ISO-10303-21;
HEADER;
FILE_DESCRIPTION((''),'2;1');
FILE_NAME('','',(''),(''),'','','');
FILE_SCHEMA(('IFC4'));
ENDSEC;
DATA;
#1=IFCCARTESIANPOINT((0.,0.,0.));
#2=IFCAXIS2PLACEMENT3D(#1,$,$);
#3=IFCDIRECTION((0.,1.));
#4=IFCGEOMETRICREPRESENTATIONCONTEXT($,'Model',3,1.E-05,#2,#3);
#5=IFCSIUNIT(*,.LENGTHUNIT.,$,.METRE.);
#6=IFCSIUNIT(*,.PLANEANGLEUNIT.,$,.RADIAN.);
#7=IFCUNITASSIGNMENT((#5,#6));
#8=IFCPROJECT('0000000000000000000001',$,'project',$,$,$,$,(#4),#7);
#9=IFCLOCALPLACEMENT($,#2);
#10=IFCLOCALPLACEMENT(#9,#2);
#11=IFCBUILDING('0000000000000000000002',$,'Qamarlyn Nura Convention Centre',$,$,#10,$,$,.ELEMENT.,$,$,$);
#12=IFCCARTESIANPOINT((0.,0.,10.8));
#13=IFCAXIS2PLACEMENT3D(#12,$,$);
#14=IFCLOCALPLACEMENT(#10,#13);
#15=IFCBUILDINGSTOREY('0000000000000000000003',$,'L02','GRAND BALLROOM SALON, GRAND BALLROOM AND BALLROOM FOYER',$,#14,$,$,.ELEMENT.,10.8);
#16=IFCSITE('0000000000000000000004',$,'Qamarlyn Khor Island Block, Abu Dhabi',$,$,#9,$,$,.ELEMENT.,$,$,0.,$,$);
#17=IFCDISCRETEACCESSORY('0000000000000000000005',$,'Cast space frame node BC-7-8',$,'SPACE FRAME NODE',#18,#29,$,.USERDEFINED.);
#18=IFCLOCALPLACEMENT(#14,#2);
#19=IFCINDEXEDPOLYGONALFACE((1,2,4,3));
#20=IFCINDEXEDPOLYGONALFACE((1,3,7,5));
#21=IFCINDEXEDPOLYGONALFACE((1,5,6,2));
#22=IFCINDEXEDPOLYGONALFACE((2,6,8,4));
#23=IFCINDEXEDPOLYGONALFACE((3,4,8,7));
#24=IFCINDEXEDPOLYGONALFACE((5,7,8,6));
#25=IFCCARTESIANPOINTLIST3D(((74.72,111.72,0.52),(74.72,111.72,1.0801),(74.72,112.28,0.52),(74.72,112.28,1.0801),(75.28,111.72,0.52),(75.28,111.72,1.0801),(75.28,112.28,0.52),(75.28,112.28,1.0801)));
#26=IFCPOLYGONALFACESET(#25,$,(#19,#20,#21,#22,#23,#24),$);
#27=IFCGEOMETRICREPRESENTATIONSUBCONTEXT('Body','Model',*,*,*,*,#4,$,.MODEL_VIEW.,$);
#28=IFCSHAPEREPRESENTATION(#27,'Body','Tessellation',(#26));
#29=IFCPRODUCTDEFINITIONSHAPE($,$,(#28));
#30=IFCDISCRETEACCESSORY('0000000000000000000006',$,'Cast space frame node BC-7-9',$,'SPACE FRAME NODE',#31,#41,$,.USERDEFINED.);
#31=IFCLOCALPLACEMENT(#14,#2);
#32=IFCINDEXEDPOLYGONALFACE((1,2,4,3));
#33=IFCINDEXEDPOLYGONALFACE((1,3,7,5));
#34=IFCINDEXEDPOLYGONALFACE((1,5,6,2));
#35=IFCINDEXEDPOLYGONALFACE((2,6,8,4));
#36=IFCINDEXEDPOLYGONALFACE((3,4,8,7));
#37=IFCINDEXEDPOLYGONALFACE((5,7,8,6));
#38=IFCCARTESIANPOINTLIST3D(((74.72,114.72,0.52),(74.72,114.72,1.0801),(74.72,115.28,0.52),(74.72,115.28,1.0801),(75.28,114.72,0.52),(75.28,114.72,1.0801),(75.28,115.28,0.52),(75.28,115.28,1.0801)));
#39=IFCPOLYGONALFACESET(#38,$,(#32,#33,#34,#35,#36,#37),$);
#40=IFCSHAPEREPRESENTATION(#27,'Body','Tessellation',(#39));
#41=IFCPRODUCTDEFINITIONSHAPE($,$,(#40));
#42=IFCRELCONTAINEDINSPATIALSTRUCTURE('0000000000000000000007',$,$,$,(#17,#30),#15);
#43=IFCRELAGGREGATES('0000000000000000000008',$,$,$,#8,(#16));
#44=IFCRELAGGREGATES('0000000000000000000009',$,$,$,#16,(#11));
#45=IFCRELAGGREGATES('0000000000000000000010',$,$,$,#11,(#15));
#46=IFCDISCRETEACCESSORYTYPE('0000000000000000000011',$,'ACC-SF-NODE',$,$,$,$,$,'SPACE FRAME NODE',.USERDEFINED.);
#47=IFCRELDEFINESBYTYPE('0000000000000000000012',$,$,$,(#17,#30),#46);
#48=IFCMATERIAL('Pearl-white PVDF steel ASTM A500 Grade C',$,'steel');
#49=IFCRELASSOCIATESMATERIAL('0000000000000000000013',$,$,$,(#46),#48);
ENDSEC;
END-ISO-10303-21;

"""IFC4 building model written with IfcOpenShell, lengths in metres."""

from ifc_helpers import new_model, si_unit, direction, frame, origin, origin_2d, place, context, subcontext, project, spatial, rectangle, extrude, material, type_object, element, save


model = new_model("IFC4")

# Units and contexts
model_context = context("Model", 3, precision=1e-05, world=origin(), true_north=direction((0.0, 1.0)))
body_context = subcontext(model_context, "Body", "Model", "MODEL_VIEW")
ifc_project = project(units=[si_unit("LENGTHUNIT", "METRE"), si_unit("PLANEANGLEUNIT", "RADIAN")], contexts=[model_context])

# Site, building, storey
site_placement = place(None, origin())
site = spatial("IfcSite", under=ifc_project, at=site_placement, Name="Qamarlyn Khor Island Block, Abu Dhabi", CompositionType="ELEMENT", RefElevation=0.0)
building_placement = place(site_placement, origin())
building = spatial("IfcBuilding", under=site, at=building_placement, Name="Qamarlyn Nura Convention Centre", CompositionType="ELEMENT")
storey_placement = place(building_placement, frame((0.0, 0.0, 10.8)))
storey = spatial("IfcBuildingStorey", under=building, at=storey_placement, Name="L02", Description="GRAND BALLROOM SALON, GRAND BALLROOM AND BALLROOM FOYER", CompositionType="ELEMENT", Elevation=10.8)

# Shared definitions
ifc_material_1 = material(Name="Pearl-white PVDF steel ASTM A500 Grade C", Category="steel")

# Discrete accessories
discrete_accessory_type = type_object("IfcDiscreteAccessoryType", Name="ACC-SF-NODE", ElementType="SPACE FRAME NODE", PredefinedType="USERDEFINED", material=ifc_material_1)
for number, where, z_axis, x_axis, name in (
    (1, (75.0, 112.0, 0.52), (0.0, 0.0, 1.0), (1.0, 0.0, 0.0), "Cast space frame node BC-7-8"),
    (2, (75.0, 115.0, 0.52), (0.0, 0.0, 1.0), (1.0, 0.0, 0.0), "Cast space frame node BC-7-9"),
):
    element("IfcDiscreteAccessory", number, at=place(storey_placement, frame(where, z_axis=z_axis, x_axis=x_axis)), inside=storey, type_object=discrete_accessory_type, Name=name, ObjectType="SPACE FRAME NODE", PredefinedType="USERDEFINED", context=body_context, shape_type="SweptSolid", body=[
        extrude(rectangle(XDim=0.5601, YDim=0.5601, at=origin_2d()), origin(), (0.0, 0.0, 1.0), 0.5601),
    ])

save(model, "model.ifc")
